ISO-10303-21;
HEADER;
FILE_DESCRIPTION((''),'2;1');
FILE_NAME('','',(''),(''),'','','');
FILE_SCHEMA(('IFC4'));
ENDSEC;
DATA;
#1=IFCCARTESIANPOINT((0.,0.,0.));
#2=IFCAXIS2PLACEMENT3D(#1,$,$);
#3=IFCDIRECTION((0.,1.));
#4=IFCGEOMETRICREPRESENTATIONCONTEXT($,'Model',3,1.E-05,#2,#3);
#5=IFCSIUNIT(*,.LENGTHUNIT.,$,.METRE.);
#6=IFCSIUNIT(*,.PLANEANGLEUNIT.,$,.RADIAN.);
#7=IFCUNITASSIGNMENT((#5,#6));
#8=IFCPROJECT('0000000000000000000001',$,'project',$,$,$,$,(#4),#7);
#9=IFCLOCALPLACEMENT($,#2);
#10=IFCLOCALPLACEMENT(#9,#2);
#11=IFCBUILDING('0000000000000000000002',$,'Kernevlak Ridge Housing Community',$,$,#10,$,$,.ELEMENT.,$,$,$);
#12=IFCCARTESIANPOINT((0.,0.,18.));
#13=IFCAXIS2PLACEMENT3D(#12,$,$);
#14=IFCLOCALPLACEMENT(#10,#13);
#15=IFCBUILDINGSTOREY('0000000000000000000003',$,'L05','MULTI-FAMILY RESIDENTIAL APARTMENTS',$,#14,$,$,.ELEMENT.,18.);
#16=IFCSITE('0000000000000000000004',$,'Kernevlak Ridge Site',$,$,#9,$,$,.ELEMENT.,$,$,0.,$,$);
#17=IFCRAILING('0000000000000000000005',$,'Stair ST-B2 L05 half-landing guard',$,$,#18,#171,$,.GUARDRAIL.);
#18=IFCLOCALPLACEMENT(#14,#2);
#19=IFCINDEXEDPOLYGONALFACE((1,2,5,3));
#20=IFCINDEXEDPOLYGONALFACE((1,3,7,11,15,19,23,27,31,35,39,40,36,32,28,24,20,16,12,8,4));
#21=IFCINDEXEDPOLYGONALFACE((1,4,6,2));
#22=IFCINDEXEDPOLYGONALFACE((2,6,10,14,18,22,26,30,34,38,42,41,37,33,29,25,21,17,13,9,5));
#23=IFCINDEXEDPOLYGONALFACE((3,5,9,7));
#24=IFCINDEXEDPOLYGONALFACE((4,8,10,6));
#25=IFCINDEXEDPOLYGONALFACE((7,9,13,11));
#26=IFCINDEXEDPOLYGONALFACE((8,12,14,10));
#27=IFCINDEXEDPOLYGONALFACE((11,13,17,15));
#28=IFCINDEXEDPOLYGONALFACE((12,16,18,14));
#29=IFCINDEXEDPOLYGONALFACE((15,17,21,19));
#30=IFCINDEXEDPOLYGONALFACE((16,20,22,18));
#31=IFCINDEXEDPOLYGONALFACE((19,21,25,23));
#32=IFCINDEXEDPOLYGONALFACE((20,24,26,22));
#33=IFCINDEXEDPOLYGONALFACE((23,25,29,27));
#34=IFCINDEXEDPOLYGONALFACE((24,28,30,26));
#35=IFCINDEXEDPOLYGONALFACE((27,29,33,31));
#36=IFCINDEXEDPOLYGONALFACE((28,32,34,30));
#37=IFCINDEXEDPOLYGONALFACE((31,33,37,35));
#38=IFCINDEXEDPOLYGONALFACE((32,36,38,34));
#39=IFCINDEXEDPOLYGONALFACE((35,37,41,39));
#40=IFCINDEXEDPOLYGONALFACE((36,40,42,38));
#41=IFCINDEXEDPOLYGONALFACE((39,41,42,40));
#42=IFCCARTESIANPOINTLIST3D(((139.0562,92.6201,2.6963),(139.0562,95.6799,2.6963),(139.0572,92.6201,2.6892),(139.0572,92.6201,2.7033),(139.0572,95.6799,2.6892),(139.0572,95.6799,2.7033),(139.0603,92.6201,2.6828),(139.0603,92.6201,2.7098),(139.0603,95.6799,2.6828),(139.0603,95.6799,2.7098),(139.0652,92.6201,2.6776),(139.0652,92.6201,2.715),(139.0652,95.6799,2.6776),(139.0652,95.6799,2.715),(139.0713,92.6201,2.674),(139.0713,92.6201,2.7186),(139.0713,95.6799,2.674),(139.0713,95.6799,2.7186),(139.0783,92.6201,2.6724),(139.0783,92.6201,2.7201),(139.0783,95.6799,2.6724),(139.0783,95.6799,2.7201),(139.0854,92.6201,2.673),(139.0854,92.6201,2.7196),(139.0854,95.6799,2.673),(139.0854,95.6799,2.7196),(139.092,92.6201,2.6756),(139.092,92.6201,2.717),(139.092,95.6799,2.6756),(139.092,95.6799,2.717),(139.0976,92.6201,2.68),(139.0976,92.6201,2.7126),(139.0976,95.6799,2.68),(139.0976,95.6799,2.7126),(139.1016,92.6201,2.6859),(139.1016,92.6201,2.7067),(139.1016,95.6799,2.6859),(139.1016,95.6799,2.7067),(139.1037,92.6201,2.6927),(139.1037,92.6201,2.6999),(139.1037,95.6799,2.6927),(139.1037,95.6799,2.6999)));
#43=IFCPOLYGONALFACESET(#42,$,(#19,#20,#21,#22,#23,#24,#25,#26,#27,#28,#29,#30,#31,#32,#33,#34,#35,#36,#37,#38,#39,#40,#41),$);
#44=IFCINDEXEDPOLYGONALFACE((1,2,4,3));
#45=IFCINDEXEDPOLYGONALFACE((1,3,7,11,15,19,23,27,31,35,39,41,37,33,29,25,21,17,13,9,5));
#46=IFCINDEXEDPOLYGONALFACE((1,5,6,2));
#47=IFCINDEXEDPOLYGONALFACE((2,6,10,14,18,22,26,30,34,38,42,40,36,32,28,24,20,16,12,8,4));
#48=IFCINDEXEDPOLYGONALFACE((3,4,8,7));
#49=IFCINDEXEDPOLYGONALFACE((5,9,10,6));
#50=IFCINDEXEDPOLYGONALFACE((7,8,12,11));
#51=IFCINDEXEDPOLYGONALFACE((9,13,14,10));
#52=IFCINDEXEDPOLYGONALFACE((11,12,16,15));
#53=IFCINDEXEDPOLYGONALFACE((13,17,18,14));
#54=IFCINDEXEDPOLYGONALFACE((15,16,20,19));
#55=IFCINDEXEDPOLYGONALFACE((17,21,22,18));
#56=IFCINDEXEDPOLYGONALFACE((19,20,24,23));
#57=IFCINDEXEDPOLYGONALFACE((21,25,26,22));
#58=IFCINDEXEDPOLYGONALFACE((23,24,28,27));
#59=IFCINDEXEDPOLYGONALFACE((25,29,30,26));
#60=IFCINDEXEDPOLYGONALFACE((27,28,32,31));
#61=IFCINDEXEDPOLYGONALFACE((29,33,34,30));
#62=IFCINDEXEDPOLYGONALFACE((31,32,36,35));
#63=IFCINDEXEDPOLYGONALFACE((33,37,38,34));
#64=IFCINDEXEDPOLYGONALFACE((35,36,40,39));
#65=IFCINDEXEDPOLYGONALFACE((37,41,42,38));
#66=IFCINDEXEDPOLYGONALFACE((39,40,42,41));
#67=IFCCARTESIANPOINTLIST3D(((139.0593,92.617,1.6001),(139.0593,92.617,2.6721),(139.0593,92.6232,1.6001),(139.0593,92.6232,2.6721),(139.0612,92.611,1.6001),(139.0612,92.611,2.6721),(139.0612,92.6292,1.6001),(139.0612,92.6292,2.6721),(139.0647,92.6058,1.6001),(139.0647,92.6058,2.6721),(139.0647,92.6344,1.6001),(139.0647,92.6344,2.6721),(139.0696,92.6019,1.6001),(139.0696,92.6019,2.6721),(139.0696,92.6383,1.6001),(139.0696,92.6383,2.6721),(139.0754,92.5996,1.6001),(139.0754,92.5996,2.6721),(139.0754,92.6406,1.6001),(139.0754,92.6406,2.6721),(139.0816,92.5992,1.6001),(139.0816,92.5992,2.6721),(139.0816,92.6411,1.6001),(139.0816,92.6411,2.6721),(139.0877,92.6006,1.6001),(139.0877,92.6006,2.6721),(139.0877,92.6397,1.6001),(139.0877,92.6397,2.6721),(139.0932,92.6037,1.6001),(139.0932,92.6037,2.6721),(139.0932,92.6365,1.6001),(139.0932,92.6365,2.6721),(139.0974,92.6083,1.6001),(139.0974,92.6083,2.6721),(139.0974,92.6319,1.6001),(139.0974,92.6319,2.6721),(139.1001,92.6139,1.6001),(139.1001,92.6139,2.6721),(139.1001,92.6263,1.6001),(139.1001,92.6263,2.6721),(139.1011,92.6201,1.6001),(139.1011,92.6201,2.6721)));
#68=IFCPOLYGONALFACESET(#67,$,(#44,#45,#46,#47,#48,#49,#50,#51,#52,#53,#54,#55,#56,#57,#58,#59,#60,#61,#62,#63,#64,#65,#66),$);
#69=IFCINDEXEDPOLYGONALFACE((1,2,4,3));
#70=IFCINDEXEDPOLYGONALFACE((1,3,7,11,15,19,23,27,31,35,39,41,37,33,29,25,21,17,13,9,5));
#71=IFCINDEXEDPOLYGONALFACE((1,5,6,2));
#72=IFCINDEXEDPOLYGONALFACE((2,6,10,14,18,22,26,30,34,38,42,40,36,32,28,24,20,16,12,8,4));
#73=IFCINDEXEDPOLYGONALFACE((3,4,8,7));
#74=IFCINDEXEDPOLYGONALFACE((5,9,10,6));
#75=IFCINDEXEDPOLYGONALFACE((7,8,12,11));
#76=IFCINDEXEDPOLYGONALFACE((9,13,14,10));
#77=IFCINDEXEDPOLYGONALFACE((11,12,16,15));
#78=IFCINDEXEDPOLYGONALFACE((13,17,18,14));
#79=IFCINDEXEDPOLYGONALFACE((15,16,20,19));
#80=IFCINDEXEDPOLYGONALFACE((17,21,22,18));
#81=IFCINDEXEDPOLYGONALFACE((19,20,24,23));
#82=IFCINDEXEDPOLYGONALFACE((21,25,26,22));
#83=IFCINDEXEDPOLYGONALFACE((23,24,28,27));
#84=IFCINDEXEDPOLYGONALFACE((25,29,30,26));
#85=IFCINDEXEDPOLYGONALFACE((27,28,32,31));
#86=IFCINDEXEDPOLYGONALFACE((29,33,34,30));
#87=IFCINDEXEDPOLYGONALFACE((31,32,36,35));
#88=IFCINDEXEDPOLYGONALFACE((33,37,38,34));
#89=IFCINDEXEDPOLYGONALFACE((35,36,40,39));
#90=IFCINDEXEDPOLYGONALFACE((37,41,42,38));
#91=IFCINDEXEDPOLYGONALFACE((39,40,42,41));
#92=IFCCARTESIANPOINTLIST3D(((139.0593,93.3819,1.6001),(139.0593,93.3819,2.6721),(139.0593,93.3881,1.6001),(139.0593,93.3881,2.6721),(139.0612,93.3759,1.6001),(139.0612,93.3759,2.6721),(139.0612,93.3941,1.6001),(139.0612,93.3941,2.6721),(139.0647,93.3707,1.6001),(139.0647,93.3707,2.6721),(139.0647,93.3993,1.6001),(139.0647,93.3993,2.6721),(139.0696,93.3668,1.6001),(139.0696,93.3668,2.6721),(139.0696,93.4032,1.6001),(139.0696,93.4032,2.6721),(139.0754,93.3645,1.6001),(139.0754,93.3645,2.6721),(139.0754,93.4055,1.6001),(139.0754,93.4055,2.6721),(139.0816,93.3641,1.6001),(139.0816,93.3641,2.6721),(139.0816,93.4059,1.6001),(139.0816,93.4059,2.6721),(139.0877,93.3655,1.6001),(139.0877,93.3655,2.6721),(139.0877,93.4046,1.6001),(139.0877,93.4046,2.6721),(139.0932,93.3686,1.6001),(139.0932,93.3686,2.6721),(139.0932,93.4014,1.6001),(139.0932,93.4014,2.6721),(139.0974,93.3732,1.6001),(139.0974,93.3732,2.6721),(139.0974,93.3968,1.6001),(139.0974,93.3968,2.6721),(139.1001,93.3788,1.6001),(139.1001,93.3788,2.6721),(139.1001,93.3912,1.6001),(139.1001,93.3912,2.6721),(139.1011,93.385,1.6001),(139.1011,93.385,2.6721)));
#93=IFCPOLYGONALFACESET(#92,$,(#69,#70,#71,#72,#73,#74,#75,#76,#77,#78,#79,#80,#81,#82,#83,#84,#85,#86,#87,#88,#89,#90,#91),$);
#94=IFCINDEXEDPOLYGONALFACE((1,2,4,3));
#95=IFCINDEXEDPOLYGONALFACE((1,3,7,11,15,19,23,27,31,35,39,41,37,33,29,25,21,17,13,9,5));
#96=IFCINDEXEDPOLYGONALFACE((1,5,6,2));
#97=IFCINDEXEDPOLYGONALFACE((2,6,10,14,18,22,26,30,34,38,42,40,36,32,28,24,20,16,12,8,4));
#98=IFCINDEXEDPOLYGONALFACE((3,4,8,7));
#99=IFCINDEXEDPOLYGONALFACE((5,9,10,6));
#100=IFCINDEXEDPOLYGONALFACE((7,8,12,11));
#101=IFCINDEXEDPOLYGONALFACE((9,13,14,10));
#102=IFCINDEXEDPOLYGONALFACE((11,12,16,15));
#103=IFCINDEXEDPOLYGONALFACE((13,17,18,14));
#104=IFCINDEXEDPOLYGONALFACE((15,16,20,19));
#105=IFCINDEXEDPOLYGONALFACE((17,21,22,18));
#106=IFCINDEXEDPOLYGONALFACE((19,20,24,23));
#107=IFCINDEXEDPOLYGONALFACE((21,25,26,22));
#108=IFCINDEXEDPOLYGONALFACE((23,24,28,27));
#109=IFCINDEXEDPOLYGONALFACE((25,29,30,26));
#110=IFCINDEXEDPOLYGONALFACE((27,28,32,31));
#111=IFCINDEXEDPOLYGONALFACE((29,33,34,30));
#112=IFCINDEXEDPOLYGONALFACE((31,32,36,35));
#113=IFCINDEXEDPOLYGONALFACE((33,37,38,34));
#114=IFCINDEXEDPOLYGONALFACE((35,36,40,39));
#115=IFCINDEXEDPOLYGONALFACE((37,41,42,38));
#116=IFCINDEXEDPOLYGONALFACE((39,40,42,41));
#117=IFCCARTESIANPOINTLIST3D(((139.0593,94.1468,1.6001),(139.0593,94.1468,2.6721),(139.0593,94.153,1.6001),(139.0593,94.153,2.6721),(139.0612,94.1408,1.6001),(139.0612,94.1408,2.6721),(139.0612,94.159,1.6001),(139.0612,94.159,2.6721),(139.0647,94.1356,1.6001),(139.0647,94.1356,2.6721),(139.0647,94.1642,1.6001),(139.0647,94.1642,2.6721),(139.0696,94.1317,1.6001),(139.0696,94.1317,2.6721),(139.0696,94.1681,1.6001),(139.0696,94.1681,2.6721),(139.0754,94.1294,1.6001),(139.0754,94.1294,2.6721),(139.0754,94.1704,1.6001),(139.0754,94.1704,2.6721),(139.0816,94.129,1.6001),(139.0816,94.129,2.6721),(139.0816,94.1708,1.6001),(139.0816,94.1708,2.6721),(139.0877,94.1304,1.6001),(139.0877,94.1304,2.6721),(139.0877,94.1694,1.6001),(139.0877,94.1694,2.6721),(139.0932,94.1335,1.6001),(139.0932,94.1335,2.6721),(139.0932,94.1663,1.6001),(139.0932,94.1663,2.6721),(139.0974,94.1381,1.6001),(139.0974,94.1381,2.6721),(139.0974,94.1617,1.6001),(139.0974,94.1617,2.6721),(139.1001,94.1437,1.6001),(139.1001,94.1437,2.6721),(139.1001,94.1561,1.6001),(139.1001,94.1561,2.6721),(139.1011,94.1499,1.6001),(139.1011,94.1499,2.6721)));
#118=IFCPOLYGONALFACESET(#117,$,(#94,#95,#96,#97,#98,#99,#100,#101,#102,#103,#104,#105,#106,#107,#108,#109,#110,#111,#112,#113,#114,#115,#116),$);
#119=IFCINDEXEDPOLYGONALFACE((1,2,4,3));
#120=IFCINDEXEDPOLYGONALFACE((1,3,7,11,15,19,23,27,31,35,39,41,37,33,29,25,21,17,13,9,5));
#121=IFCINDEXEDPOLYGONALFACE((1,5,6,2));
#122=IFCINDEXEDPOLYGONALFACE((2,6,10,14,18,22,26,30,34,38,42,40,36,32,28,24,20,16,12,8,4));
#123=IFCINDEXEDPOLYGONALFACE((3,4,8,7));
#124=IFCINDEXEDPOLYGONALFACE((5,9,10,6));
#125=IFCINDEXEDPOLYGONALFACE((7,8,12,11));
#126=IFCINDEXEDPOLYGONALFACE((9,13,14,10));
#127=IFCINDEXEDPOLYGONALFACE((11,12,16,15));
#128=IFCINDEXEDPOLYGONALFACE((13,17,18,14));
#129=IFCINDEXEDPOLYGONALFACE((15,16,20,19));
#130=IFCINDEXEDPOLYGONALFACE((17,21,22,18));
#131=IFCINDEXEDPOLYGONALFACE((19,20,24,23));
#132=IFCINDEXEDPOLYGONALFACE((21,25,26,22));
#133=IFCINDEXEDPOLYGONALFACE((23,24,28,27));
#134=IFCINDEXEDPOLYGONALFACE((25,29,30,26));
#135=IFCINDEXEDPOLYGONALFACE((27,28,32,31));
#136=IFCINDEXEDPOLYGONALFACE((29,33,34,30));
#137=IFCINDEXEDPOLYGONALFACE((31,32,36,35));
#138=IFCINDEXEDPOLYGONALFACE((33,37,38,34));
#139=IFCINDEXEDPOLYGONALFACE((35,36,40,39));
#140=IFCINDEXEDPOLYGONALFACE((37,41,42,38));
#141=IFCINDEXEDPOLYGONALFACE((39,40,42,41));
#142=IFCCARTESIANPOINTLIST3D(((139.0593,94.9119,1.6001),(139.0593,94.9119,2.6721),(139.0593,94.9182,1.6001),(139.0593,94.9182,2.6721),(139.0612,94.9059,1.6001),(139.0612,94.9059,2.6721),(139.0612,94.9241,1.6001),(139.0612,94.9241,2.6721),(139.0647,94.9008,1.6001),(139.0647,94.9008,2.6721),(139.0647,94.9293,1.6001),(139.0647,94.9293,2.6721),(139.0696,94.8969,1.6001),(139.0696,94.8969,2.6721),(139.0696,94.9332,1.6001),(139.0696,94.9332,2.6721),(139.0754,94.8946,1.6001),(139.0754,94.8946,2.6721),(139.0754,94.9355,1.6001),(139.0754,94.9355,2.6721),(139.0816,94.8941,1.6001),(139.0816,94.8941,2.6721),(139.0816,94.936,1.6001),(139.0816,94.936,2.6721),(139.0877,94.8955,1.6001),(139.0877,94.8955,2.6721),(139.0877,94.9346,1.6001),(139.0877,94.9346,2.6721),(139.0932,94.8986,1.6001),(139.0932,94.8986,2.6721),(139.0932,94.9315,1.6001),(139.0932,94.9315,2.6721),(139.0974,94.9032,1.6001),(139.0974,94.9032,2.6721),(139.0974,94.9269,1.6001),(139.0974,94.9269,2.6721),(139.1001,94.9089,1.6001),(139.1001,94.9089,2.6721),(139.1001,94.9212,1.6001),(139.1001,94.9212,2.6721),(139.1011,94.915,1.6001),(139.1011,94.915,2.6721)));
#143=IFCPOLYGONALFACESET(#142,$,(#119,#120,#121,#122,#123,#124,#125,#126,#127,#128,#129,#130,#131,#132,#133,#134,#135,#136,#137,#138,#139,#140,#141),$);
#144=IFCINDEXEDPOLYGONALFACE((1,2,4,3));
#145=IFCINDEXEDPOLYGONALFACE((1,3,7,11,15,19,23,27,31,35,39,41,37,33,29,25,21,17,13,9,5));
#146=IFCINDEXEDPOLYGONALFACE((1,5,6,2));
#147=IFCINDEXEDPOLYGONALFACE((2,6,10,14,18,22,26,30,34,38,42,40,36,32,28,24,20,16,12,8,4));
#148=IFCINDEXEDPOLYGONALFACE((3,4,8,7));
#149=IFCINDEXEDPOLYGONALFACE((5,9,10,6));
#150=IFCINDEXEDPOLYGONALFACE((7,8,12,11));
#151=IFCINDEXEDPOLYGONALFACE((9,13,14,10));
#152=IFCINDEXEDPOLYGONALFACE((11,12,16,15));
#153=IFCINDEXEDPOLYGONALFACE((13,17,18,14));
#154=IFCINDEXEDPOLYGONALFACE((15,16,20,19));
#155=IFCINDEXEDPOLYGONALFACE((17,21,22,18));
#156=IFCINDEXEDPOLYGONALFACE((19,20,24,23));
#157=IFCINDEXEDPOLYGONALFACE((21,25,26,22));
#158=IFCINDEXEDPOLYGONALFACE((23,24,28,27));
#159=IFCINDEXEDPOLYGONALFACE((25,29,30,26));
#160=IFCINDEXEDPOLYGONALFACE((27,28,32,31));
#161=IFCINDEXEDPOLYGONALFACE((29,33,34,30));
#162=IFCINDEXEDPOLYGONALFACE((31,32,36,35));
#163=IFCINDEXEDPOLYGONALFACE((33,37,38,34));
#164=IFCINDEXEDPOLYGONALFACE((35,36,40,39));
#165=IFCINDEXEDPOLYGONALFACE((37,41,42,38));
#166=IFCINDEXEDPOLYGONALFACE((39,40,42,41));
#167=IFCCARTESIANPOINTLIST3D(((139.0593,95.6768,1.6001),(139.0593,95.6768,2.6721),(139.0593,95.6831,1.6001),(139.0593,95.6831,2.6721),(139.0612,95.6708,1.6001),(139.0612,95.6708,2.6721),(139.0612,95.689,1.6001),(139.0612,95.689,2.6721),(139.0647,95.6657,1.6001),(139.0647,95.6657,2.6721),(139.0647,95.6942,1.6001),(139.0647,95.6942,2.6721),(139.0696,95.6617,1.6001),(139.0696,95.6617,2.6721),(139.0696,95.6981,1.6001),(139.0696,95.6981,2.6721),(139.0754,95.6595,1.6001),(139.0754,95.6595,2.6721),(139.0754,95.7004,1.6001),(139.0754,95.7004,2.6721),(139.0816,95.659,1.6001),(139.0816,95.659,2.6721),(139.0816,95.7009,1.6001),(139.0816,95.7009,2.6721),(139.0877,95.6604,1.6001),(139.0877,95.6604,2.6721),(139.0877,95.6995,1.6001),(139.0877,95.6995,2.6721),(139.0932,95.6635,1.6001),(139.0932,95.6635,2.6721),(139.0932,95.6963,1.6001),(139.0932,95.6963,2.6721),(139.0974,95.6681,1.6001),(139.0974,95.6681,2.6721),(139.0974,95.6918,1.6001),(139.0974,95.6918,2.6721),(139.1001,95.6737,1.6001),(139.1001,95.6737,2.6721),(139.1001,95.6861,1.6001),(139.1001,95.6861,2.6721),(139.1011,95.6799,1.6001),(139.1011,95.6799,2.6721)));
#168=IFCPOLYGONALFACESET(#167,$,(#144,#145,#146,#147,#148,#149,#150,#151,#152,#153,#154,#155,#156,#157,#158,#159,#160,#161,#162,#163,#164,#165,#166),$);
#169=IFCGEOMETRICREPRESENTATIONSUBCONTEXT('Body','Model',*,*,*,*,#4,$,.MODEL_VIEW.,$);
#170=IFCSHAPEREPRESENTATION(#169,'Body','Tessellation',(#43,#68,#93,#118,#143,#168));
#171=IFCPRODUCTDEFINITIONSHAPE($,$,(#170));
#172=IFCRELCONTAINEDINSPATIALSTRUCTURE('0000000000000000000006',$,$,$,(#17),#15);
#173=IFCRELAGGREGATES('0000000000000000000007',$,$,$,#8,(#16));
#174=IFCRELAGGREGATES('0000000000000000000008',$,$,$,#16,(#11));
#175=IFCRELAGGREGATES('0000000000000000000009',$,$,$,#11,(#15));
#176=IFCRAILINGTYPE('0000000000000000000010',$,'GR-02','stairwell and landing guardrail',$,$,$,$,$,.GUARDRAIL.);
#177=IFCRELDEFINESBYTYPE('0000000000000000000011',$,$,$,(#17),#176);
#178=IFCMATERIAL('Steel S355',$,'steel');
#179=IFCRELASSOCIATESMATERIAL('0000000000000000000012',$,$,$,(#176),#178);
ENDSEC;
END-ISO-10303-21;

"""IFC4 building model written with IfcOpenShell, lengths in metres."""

from ifc_helpers import new_model, si_unit, direction, frame, origin, origin_2d, place, context, subcontext, project, spatial, circle, extrude, material, type_object, element, save


model = new_model("IFC4")

# Units and contexts
model_context = context("Model", 3, precision=1e-05, world=origin(), true_north=direction((0.0, 1.0)))
body_context = subcontext(model_context, "Body", "Model", "MODEL_VIEW")
ifc_project = project(units=[si_unit("LENGTHUNIT", "METRE"), si_unit("PLANEANGLEUNIT", "RADIAN")], contexts=[model_context])

# Site, building, storey
site_placement = place(None, origin())
site = spatial("IfcSite", under=ifc_project, at=site_placement, Name="Kernevlak Ridge Site", CompositionType="ELEMENT", RefElevation=0.0)
building_placement = place(site_placement, origin())
building = spatial("IfcBuilding", under=site, at=building_placement, Name="Kernevlak Ridge Housing Community", CompositionType="ELEMENT")
storey_placement = place(building_placement, frame((0.0, 0.0, 18.0)))
storey = spatial("IfcBuildingStorey", under=building, at=storey_placement, Name="L05", Description="MULTI-FAMILY RESIDENTIAL APARTMENTS", CompositionType="ELEMENT", Elevation=18.0)

# Railing
ifc_material_1 = material(Name="Steel S355", Category="steel")
railing_type_1 = type_object("IfcRailingType", Name="GR-02", Description="stairwell and landing guardrail", PredefinedType="GUARDRAIL", material=ifc_material_1)
railing_1_placement = place(storey_placement, frame((139.0801, 92.6201, 1.6001)))
element("IfcRailing", 1, at=railing_1_placement, inside=storey, type_object=railing_type_1, Name="Stair ST-B2 L05 half-landing guard", PredefinedType="GUARDRAIL", context=body_context, shape_type="SweptSolid", body=[
    extrude(circle(Radius=0.0239, at=origin_2d()), frame((0.0, 0.0, 1.0962), z_axis=(0.0, 1.0, 0.0), x_axis=(-1.0, 0.0, 0.0)), (0.0, 0.0, 1.0), 3.0598),
    extrude(circle(Radius=0.021, at=origin_2d()), origin(), (0.0, 0.0, 1.0), 1.072),
    extrude(circle(Radius=0.021, at=origin_2d()), frame((0.0, 0.7649, 0.0)), (0.0, 0.0, 1.0), 1.072),
    extrude(circle(Radius=0.021, at=origin_2d()), frame((0.0, 1.5298, 0.0)), (0.0, 0.0, 1.0), 1.072),
    extrude(circle(Radius=0.021, at=origin_2d()), frame((0.0, 2.2949, 0.0)), (0.0, 0.0, 1.0), 1.072),
    extrude(circle(Radius=0.021, at=origin_2d()), frame((0.0, 3.0598, 0.0)), (0.0, 0.0, 1.0), 1.072),
])

save(model, "model.ifc")
